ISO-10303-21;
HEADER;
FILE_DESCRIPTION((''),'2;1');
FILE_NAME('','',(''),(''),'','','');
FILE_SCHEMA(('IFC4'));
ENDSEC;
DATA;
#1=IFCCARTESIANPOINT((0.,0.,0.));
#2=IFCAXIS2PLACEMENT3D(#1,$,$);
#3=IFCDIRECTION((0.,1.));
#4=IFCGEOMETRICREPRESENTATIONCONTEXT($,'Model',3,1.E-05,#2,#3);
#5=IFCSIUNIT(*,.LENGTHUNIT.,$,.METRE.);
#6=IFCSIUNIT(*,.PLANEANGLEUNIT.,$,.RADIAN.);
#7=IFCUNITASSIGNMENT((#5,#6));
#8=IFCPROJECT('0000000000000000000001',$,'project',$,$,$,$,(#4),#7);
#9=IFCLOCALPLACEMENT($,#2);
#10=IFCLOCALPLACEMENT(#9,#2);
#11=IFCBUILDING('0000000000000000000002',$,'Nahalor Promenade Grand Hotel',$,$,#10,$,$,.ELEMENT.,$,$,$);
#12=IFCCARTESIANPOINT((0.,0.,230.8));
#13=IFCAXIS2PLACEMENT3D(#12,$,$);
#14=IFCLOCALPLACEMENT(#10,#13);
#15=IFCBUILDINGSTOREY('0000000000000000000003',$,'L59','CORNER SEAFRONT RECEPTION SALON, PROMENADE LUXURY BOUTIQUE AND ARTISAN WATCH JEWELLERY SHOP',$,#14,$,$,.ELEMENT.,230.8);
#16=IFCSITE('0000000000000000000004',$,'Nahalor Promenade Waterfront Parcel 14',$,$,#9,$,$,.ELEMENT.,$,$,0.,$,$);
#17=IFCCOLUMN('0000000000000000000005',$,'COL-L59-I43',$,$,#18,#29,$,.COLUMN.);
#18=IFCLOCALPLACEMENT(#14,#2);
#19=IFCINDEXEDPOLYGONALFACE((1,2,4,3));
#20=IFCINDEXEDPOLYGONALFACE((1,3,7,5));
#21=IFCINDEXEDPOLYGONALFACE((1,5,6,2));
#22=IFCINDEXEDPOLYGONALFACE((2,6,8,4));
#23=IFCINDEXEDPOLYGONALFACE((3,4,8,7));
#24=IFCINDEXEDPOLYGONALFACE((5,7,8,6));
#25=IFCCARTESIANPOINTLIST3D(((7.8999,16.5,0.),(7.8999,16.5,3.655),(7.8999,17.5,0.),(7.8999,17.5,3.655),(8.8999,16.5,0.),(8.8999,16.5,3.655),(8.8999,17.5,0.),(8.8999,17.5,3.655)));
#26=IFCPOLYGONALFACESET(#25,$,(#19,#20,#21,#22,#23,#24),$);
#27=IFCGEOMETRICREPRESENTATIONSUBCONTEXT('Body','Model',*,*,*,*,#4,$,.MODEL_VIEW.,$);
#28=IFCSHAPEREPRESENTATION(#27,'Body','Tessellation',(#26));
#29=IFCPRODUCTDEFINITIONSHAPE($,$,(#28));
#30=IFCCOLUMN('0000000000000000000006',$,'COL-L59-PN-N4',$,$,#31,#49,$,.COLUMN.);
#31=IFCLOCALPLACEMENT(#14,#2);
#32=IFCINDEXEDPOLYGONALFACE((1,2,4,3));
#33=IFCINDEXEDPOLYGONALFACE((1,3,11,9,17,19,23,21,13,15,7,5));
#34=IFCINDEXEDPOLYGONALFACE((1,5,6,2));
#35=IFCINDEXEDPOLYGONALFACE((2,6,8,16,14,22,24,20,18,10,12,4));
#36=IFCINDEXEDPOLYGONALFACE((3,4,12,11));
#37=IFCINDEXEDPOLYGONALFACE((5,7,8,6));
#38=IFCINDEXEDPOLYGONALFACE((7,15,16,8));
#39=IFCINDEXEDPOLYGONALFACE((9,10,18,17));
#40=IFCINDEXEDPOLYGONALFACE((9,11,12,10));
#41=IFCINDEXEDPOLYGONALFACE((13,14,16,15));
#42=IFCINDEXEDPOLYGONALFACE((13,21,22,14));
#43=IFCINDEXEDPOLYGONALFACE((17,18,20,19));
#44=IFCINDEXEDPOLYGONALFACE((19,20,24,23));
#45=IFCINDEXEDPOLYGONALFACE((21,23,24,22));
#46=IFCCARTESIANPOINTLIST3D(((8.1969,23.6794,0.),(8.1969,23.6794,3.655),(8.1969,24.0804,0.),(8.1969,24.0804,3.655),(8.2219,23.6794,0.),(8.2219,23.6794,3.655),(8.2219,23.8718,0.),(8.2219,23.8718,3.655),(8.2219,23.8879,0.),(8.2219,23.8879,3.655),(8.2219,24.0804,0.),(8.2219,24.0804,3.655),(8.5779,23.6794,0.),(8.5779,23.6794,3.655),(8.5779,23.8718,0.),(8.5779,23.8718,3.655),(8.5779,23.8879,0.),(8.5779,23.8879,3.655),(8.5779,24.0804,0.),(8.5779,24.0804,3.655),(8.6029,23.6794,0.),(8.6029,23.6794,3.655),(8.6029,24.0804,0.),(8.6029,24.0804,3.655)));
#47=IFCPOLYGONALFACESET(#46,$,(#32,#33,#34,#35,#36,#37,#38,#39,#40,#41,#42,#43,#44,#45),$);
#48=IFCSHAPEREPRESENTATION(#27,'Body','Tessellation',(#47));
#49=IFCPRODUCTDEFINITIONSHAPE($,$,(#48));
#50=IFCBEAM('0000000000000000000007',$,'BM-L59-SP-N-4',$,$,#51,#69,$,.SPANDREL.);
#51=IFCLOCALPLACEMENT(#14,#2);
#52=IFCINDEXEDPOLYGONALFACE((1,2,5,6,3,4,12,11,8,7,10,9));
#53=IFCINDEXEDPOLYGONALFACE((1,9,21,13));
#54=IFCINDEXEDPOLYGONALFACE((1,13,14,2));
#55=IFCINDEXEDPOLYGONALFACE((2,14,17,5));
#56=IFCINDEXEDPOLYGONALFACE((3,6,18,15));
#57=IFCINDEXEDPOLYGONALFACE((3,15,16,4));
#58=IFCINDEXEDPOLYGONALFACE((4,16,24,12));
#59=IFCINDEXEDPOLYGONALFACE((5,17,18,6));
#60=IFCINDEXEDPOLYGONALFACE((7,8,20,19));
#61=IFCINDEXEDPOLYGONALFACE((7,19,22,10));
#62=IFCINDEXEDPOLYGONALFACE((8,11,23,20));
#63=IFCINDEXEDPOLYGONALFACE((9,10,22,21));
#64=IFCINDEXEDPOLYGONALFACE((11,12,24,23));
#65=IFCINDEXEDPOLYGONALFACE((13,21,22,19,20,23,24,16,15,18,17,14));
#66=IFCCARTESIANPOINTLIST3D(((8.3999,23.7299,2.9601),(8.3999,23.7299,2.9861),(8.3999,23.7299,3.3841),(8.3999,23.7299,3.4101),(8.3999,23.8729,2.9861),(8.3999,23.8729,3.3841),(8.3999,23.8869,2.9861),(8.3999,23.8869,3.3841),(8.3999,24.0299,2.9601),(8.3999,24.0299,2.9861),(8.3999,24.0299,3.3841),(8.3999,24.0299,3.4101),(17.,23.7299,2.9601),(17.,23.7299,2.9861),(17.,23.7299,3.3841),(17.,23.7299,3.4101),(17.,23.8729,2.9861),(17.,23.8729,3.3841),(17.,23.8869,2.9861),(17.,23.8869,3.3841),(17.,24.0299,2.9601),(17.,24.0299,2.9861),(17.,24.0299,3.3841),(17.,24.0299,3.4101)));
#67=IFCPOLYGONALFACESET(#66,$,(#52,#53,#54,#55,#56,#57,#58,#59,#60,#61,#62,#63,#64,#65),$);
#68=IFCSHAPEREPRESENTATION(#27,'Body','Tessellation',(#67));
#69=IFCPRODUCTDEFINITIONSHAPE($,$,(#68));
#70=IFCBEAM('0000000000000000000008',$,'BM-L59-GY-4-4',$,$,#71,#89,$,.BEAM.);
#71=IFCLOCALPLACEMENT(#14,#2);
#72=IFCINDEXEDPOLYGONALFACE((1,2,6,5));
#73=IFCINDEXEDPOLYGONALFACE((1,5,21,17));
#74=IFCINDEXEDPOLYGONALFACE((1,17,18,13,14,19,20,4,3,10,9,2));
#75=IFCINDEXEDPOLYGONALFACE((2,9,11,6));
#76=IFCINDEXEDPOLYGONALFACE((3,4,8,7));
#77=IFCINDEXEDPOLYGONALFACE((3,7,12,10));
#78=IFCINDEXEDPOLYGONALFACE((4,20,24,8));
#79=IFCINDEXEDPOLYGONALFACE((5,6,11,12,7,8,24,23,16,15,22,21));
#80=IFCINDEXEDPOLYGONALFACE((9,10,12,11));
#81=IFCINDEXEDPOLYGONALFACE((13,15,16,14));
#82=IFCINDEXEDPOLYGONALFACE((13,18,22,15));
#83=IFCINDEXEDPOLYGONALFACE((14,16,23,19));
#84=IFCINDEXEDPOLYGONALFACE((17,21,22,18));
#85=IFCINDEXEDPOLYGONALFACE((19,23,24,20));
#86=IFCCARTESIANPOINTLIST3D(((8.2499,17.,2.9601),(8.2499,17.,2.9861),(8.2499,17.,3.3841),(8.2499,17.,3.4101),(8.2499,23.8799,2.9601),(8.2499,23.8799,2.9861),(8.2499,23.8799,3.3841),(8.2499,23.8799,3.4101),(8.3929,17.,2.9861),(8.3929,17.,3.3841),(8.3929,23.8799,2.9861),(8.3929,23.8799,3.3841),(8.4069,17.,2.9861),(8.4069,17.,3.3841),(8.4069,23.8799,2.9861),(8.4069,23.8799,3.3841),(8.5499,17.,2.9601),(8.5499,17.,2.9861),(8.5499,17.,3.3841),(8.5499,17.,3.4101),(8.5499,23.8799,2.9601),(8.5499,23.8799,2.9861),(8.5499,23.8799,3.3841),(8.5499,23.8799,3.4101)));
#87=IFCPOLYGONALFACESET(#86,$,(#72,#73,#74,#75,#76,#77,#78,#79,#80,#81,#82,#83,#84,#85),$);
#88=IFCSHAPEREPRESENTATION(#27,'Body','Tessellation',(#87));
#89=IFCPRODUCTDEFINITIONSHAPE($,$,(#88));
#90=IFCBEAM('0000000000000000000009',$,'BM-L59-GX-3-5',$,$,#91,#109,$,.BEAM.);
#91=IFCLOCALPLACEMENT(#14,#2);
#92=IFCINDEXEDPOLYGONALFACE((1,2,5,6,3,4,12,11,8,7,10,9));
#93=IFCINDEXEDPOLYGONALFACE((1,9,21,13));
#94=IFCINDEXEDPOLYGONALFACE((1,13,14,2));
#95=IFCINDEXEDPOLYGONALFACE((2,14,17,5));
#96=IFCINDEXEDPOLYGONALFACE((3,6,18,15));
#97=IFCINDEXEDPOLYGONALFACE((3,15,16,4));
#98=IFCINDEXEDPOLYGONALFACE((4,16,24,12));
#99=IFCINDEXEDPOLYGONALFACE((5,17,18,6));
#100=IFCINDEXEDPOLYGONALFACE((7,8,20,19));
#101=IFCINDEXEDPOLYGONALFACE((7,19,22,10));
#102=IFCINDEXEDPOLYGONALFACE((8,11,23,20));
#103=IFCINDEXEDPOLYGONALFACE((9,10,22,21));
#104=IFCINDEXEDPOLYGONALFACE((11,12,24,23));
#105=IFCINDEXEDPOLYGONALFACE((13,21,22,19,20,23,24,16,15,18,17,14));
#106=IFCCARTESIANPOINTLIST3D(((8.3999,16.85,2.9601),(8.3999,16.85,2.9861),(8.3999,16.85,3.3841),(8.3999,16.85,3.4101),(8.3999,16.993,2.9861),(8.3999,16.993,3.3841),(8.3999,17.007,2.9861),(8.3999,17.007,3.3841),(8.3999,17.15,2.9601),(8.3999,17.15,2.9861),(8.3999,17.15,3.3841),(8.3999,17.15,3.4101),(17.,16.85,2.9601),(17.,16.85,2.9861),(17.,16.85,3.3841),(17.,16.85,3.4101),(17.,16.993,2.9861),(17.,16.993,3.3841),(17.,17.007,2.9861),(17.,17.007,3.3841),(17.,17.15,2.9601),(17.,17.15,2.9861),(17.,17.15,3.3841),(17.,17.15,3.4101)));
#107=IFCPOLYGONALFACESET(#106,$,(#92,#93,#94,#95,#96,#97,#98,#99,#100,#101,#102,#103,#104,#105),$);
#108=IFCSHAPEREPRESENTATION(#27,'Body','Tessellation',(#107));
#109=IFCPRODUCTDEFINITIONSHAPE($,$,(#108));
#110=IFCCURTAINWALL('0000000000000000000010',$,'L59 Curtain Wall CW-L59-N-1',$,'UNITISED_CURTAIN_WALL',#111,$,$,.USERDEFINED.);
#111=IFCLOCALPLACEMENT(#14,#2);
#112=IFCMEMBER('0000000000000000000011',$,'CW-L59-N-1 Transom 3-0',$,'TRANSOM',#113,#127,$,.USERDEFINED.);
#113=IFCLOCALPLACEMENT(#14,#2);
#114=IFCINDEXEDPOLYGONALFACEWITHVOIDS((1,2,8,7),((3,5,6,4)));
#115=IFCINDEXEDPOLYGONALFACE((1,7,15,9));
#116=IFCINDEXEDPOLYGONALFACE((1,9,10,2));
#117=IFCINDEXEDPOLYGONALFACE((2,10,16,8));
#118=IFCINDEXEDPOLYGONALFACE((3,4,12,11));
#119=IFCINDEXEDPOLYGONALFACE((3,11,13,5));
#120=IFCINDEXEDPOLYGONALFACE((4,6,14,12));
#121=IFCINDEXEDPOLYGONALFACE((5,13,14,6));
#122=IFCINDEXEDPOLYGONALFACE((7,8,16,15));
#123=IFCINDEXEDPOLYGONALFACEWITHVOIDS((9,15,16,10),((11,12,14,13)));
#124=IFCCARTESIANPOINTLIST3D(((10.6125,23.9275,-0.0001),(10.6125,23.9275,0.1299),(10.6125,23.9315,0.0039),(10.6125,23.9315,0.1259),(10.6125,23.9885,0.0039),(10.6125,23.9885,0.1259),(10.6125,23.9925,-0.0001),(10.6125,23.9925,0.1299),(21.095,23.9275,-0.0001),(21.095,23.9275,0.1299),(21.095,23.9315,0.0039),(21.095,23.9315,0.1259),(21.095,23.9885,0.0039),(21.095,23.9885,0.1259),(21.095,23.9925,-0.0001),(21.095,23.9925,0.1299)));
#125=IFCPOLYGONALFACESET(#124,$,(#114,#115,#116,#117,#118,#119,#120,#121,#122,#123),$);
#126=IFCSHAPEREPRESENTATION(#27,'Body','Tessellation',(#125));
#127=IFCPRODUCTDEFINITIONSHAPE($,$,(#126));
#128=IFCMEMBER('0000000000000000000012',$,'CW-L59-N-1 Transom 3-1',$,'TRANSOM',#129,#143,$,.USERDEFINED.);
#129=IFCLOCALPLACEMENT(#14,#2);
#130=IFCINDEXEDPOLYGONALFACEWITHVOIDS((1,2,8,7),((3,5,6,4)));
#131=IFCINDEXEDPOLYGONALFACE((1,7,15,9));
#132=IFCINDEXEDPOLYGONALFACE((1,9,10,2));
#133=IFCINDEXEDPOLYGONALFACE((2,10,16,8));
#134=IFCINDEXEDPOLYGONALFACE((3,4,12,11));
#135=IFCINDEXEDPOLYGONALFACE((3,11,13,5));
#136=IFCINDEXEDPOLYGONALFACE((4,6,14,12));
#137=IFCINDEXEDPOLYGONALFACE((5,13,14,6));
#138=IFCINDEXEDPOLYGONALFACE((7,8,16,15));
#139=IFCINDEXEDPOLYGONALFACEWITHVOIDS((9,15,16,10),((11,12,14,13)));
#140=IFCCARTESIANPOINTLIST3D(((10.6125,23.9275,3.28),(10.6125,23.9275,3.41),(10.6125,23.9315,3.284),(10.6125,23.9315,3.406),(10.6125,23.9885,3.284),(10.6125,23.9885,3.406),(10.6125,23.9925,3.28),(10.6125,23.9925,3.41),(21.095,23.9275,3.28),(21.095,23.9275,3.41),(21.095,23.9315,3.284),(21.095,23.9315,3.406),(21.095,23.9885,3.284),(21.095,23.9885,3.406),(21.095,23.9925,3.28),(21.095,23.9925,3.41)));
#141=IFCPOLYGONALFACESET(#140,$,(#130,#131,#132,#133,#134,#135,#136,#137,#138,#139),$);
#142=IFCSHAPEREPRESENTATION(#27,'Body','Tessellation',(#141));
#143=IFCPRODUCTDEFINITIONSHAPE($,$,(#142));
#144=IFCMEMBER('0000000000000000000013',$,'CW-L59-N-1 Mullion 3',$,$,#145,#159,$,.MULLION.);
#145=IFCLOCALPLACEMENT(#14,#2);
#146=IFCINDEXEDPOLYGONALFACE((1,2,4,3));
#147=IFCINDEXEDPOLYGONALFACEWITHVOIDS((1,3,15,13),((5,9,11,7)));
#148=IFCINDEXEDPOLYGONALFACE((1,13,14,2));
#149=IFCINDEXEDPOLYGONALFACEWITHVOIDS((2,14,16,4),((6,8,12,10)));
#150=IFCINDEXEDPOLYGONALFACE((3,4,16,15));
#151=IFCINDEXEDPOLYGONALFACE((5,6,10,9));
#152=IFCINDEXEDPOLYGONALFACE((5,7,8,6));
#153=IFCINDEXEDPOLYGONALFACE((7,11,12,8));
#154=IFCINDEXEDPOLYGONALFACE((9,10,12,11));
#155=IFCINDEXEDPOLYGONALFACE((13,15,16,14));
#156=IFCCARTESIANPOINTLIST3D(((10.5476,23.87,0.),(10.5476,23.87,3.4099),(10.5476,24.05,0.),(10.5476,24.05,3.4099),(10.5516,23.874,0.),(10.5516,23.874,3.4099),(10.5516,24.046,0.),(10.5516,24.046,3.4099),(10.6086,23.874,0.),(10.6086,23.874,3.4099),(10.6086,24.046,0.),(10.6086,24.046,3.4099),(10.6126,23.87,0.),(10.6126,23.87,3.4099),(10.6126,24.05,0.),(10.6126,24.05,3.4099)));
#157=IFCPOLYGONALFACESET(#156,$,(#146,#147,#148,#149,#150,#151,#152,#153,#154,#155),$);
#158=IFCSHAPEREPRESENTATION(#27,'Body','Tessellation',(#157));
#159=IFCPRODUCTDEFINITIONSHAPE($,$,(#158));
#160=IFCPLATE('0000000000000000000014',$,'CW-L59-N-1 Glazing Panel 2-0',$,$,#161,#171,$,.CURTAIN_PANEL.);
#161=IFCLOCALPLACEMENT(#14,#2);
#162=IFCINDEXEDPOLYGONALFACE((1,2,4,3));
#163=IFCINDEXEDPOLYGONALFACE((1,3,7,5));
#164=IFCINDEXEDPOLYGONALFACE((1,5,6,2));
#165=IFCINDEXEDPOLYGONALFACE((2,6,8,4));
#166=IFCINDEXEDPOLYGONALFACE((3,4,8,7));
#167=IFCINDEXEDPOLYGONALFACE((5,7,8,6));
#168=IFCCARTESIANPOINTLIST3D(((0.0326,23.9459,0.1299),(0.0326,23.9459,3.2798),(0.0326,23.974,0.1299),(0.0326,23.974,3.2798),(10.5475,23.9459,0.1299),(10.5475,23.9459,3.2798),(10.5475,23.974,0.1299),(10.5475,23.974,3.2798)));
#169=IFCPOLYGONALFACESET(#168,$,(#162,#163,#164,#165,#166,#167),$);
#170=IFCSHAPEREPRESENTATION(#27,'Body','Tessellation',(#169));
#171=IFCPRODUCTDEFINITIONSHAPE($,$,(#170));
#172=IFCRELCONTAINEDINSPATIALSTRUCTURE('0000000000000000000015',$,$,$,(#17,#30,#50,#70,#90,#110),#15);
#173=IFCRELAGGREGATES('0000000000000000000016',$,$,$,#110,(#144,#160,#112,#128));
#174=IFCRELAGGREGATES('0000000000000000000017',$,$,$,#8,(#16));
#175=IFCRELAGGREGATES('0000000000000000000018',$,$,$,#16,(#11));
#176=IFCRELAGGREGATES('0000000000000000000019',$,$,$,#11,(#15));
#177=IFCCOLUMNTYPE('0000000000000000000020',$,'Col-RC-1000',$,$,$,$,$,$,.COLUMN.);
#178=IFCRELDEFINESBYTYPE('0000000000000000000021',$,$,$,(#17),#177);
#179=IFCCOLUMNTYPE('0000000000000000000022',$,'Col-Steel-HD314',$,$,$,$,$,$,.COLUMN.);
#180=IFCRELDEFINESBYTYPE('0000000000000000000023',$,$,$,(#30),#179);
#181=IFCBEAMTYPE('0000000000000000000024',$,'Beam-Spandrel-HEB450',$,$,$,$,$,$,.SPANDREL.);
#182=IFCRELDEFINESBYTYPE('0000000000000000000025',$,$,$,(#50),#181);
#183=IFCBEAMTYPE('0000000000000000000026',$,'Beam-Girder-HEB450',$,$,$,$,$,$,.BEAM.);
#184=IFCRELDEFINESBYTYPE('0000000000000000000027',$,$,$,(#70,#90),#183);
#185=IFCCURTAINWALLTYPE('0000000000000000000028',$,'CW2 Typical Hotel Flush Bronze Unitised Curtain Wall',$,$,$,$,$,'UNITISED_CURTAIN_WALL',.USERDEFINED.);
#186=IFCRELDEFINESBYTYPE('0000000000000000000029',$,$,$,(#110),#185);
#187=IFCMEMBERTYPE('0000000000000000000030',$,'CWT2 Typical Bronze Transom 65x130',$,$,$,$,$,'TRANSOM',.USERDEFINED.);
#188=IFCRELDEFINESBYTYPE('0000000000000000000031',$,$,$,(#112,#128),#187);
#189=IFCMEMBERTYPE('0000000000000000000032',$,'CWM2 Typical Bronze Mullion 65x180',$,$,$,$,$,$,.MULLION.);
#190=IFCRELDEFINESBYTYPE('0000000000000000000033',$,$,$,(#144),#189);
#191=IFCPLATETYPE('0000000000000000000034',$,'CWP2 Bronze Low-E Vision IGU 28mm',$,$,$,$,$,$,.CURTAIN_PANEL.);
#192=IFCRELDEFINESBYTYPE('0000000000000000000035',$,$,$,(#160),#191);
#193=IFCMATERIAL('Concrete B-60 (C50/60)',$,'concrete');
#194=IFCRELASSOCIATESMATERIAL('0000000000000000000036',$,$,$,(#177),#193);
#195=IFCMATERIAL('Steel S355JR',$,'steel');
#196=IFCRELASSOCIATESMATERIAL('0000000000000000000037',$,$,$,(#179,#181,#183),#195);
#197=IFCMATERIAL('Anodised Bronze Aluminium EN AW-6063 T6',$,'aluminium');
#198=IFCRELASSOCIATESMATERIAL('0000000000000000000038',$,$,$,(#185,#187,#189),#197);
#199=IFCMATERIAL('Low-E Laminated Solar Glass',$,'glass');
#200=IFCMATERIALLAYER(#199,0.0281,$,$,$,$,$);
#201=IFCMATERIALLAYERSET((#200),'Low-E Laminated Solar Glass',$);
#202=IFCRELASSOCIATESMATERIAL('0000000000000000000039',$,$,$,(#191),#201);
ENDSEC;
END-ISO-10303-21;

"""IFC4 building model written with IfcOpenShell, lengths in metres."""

from ifc_helpers import new_model, si_unit, direction, frame, origin, origin_2d, place, context, subcontext, project, spatial, rectangle, hollow_rectangle, i_section, extrude, source, transform, mapped, material, layer, layer_set, material_profile, profile_set, type_object, element, aggregate, save


model = new_model("IFC4")

# Units and contexts
model_context = context("Model", 3, precision=1e-05, world=origin(), true_north=direction((0.0, 1.0)))
body_context = subcontext(model_context, "Body", "Model", "MODEL_VIEW")
ifc_project = project(units=[si_unit("LENGTHUNIT", "METRE"), si_unit("PLANEANGLEUNIT", "RADIAN")], contexts=[model_context])

# Site, building, storey
site_placement = place(None, origin())
site = spatial("IfcSite", under=ifc_project, at=site_placement, Name="Nahalor Promenade Waterfront Parcel 14", CompositionType="ELEMENT", RefElevation=0.0)
building_placement = place(site_placement, origin())
building = spatial("IfcBuilding", under=site, at=building_placement, Name="Nahalor Promenade Grand Hotel", CompositionType="ELEMENT")
storey_placement = place(building_placement, frame((0.0, 0.0, 230.8)))
storey = spatial("IfcBuildingStorey", under=building, at=storey_placement, Name="L59", Description="CORNER SEAFRONT RECEPTION SALON, PROMENADE LUXURY BOUTIQUE AND ARTISAN WATCH JEWELLERY SHOP", CompositionType="ELEMENT", Elevation=230.8)

# Columns
ifc_material_1 = material(Name="Concrete B-60 (C50/60)", Category="concrete")
ifc_material_profile_1 = material_profile(ifc_material_1, rectangle(XDim=1.0, YDim=1.0, at=origin_2d()), Name="RC 1000x1000")
ifc_profile_set_1 = profile_set([ifc_material_profile_1], Name="Concrete B-60 (C50/60)")
column_type_1 = type_object("IfcColumnType", Name="Col-RC-1000", PredefinedType="COLUMN", material=ifc_profile_set_1)
shared_shape_1 = source(origin(), body_context, "Body", "SweptSolid", [
    extrude(rectangle(XDim=1.0, YDim=1.0, at=origin_2d()), origin(), (0.0, 0.0, 1.0), 3.655),
])
column_1_placement = place(storey_placement, frame((8.3999, 17.0, 0.0), z_axis=(0.0, 0.0, 1.0), x_axis=(1.0, 0.0, 0.0)))
element("IfcColumn", 1, at=column_1_placement, inside=storey, type_object=column_type_1, Name="COL-L59-I43", PredefinedType="COLUMN", context=body_context, shape_type="MappedRepresentation", body=[
    mapped(shared_shape_1, transform((0.0, 0.0, 0.0), scale=1.0)),
])
ifc_material_2 = material(Name="Steel S355JR", Category="steel")
ifc_material_profile_2 = material_profile(ifc_material_2, i_section(OverallWidth=0.401, OverallDepth=0.406, WebThickness=0.0161, FlangeThickness=0.025, at=origin_2d()), Name="HD 400x314")
ifc_profile_set_2 = profile_set([ifc_material_profile_2], Name="Steel S355JR")
column_type_2 = type_object("IfcColumnType", Name="Col-Steel-HD314", PredefinedType="COLUMN", material=ifc_profile_set_2)
shared_shape_2 = source(origin(), body_context, "Body", "SweptSolid", [
    extrude(i_section(OverallWidth=0.401, OverallDepth=0.406, WebThickness=0.0161, FlangeThickness=0.025, at=origin_2d()), origin(), (0.0, 0.0, 1.0), 3.655),
])
column_2_placement = place(storey_placement, frame((8.3999, 23.8799, 0.0), z_axis=(0.0, 0.0, 1.0), x_axis=(0.0, 1.0, 0.0)))
element("IfcColumn", 2, at=column_2_placement, inside=storey, type_object=column_type_2, Name="COL-L59-PN-N4", PredefinedType="COLUMN", context=body_context, shape_type="MappedRepresentation", body=[
    mapped(shared_shape_2, transform((0.0, 0.0, 0.0), scale=1.0)),
])

# Beams
ifc_material_profile_3 = material_profile(ifc_material_2, i_section(OverallWidth=0.3, OverallDepth=0.45, WebThickness=0.014, FlangeThickness=0.026, at=origin_2d()), Name="HEB 450")
ifc_profile_set_3 = profile_set([ifc_material_profile_3], Name="Steel S355JR")
beam_type_1 = type_object("IfcBeamType", Name="Beam-Spandrel-HEB450", PredefinedType="SPANDREL", material=ifc_profile_set_3)
shared_shape_3 = source(origin(), body_context, "Body", "SweptSolid", [
    extrude(i_section(OverallWidth=0.3, OverallDepth=0.45, WebThickness=0.014, FlangeThickness=0.026, at=origin_2d()), origin(), (0.0, 0.0, 1.0), 8.6001),
])
beam_1_placement = place(storey_placement, frame((8.3999, 23.8799, 3.1851), z_axis=(1.0, 0.0, 0.0), x_axis=(0.0, 1.0, 0.0)))
element("IfcBeam", 3, at=beam_1_placement, inside=storey, type_object=beam_type_1, Name="BM-L59-SP-N-4", PredefinedType="SPANDREL", context=body_context, shape_type="MappedRepresentation", body=[
    mapped(shared_shape_3, transform((0.0, 0.0, 0.0), scale=1.0)),
])
ifc_material_profile_4 = material_profile(ifc_material_2, i_section(OverallWidth=0.3, OverallDepth=0.45, WebThickness=0.014, FlangeThickness=0.026, at=origin_2d()), Name="HEB 450")
ifc_profile_set_4 = profile_set([ifc_material_profile_4], Name="Steel S355JR")
beam_type_2 = type_object("IfcBeamType", Name="Beam-Girder-HEB450", PredefinedType="BEAM", material=ifc_profile_set_4)
shared_shape_4 = source(origin(), body_context, "Body", "SweptSolid", [
    extrude(i_section(OverallWidth=0.3, OverallDepth=0.45, WebThickness=0.014, FlangeThickness=0.026, at=origin_2d()), origin(), (0.0, 0.0, 1.0), 6.8799),
])
beam_2_placement = place(storey_placement, frame((8.3999, 17.0, 3.1851), z_axis=(0.0, 1.0, 0.0), x_axis=(-1.0, 0.0, 0.0)))
element("IfcBeam", 4, at=beam_2_placement, inside=storey, type_object=beam_type_2, Name="BM-L59-GY-4-4", PredefinedType="BEAM", context=body_context, shape_type="MappedRepresentation", body=[
    mapped(shared_shape_4, transform((0.0, 0.0, 0.0), scale=1.0)),
])
shared_shape_5 = source(origin(), body_context, "Body", "SweptSolid", [
    extrude(i_section(OverallWidth=0.3, OverallDepth=0.45, WebThickness=0.014, FlangeThickness=0.026, at=origin_2d()), origin(), (0.0, 0.0, 1.0), 8.6001),
])
beam_3_placement = place(storey_placement, frame((8.3999, 17.0, 3.1851), z_axis=(1.0, 0.0, 0.0), x_axis=(0.0, 1.0, 0.0)))
element("IfcBeam", 5, at=beam_3_placement, inside=storey, type_object=beam_type_2, Name="BM-L59-GX-3-5", PredefinedType="BEAM", context=body_context, shape_type="MappedRepresentation", body=[
    mapped(shared_shape_5, transform((0.0, 0.0, 0.0), scale=1.0)),
])

# Curtain wall, members, plate
ifc_material_3 = material(Name="Anodised Bronze Aluminium EN AW-6063 T6", Category="aluminium")
curtain_wall_type = type_object("IfcCurtainWallType", Name="CW2 Typical Hotel Flush Bronze Unitised Curtain Wall", ElementType="UNITISED_CURTAIN_WALL", PredefinedType="USERDEFINED", material=ifc_material_3)
curtain_wall_placement = place(storey_placement, origin())
curtain_wall = element("IfcCurtainWall", 6, at=curtain_wall_placement, inside=storey, type_object=curtain_wall_type, Name="L59 Curtain Wall CW-L59-N-1", ObjectType="UNITISED_CURTAIN_WALL", PredefinedType="USERDEFINED")
ifc_material_profile_5 = material_profile(ifc_material_3, hollow_rectangle(XDim=0.065, YDim=0.13, WallThickness=0.004, at=origin_2d()), Name="CWT 65x130x4")
ifc_profile_set_5 = profile_set([ifc_material_profile_5], Name="Anodised Bronze Aluminium EN AW-6063 T6")
member_type_1 = type_object("IfcMemberType", Name="CWT2 Typical Bronze Transom 65x130", ElementType="TRANSOM", PredefinedType="USERDEFINED", material=ifc_profile_set_5)
shared_shape_6 = source(origin(), body_context, "Body", "SweptSolid", [
    extrude(hollow_rectangle(XDim=0.065, YDim=0.13, WallThickness=0.004, at=origin_2d()), origin(), (0.0, 0.0, 1.0), 10.4824),
])
member_1_placement = place(storey_placement, frame((10.6125, 23.96, 0.0649), z_axis=(1.0, 0.0, 0.0), x_axis=(0.0, 1.0, 0.0)))
member_1 = element("IfcMember", 7, at=member_1_placement, type_object=member_type_1, Name="CW-L59-N-1 Transom 3-0", ObjectType="TRANSOM", PredefinedType="USERDEFINED", context=body_context, shape_type="MappedRepresentation", body=[
    mapped(shared_shape_6, transform((0.0, 0.0, 0.0), scale=1.0)),
])
member_2_placement = place(storey_placement, frame((10.6125, 23.96, 3.345), z_axis=(1.0, 0.0, 0.0), x_axis=(0.0, 1.0, 0.0)))
member_2 = element("IfcMember", 8, at=member_2_placement, type_object=member_type_1, Name="CW-L59-N-1 Transom 3-1", ObjectType="TRANSOM", PredefinedType="USERDEFINED", context=body_context, shape_type="MappedRepresentation", body=[
    mapped(shared_shape_6, transform((0.0, 0.0, 0.0), scale=1.0)),
])
ifc_material_profile_6 = material_profile(ifc_material_3, hollow_rectangle(XDim=0.065, YDim=0.18, WallThickness=0.004, at=origin_2d()), Name="CWM 65x180x4")
ifc_profile_set_6 = profile_set([ifc_material_profile_6], Name="Anodised Bronze Aluminium EN AW-6063 T6")
member_type_2 = type_object("IfcMemberType", Name="CWM2 Typical Bronze Mullion 65x180", PredefinedType="MULLION", material=ifc_profile_set_6)
shared_shape_7 = source(origin(), body_context, "Body", "SweptSolid", [
    extrude(hollow_rectangle(XDim=0.065, YDim=0.18, WallThickness=0.004, at=origin_2d()), origin(), (0.0, 0.0, 1.0), 3.4099),
])
member_3_placement = place(storey_placement, frame((10.5801, 23.96, 0.0), z_axis=(0.0, 0.0, 1.0), x_axis=(1.0, 0.0, 0.0)))
member_3 = element("IfcMember", 9, at=member_3_placement, type_object=member_type_2, Name="CW-L59-N-1 Mullion 3", PredefinedType="MULLION", context=body_context, shape_type="MappedRepresentation", body=[
    mapped(shared_shape_7, transform((0.0, 0.0, 0.0), scale=1.0)),
])
ifc_material_4 = material(Name="Low-E Laminated Solar Glass", Category="glass")
ifc_layer_1 = layer(ifc_material_4, 0.0281)
ifc_layer_set_1 = layer_set([ifc_layer_1], Name="Low-E Laminated Solar Glass")
plate_type = type_object("IfcPlateType", Name="CWP2 Bronze Low-E Vision IGU 28mm", PredefinedType="CURTAIN_PANEL", material=ifc_layer_set_1)
shared_shape_8 = source(origin(), body_context, "Body", "SweptSolid", [
    extrude(rectangle(XDim=10.5149, YDim=0.0281, at=origin_2d()), origin(), (0.0, 0.0, 1.0), 3.1499),
])
plate_placement = place(storey_placement, frame((5.29, 23.96, 0.1299), z_axis=(0.0, 0.0, 1.0), x_axis=(1.0, 0.0, 0.0)))
plate = element("IfcPlate", 10, at=plate_placement, type_object=plate_type, Name="CW-L59-N-1 Glazing Panel 2-0", PredefinedType="CURTAIN_PANEL", context=body_context, shape_type="MappedRepresentation", body=[
    mapped(shared_shape_8, transform((0.0, 0.0, 0.0), scale=1.0)),
])
aggregate(curtain_wall, [member_3, plate, member_1, member_2])

save(model, "model.ifc")
